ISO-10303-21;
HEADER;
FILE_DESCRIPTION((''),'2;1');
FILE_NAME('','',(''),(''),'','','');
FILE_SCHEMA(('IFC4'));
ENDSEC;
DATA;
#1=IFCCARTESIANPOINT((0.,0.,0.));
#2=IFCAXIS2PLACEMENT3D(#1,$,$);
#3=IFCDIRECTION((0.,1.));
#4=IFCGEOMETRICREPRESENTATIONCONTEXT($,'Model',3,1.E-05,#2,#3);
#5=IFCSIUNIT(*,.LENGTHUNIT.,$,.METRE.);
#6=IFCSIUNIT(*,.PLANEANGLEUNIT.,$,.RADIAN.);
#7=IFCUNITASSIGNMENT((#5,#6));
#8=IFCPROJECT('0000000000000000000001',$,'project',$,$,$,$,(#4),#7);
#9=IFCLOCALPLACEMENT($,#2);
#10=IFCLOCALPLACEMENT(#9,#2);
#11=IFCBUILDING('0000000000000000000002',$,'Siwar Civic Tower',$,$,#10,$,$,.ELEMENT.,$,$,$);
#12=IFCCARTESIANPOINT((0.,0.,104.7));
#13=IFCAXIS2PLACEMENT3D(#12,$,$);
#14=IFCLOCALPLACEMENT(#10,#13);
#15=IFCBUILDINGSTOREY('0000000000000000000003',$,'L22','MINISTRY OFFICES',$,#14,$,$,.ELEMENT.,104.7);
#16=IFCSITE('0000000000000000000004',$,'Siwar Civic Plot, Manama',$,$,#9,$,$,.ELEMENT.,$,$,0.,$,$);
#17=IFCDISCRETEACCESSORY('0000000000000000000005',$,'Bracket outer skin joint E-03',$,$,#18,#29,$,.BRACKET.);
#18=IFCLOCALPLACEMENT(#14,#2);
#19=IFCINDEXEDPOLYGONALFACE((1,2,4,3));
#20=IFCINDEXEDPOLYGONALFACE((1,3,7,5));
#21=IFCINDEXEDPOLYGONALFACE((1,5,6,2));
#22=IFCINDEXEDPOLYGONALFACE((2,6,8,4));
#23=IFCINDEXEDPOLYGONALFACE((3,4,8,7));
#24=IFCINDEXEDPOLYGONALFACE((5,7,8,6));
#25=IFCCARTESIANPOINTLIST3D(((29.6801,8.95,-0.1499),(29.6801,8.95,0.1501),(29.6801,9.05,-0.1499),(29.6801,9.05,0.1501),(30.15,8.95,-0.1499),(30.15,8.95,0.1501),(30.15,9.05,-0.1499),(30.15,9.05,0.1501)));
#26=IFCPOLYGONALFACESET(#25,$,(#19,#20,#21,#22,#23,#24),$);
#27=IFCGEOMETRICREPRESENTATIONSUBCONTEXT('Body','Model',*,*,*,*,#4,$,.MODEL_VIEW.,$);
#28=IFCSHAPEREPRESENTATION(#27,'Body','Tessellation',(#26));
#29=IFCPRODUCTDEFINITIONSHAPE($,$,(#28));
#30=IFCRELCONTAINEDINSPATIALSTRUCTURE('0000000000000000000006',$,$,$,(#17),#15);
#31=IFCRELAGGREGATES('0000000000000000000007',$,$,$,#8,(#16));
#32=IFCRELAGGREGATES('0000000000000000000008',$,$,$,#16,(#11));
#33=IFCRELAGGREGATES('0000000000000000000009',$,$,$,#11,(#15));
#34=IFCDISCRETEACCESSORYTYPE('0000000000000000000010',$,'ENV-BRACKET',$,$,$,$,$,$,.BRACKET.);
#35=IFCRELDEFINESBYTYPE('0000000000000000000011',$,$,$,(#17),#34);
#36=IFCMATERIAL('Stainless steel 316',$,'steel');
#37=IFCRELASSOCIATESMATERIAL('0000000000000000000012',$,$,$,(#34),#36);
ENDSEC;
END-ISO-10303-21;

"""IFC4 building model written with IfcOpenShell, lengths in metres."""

from ifc_helpers import new_model, si_unit, direction, frame, origin, origin_2d, place, context, subcontext, project, spatial, rectangle, extrude, material, type_object, element, save


model = new_model("IFC4")

# Units and contexts
model_context = context("Model", 3, precision=1e-05, world=origin(), true_north=direction((0.0, 1.0)))
body_context = subcontext(model_context, "Body", "Model", "MODEL_VIEW")
ifc_project = project(units=[si_unit("LENGTHUNIT", "METRE"), si_unit("PLANEANGLEUNIT", "RADIAN")], contexts=[model_context])

# Site, building, storey
site_placement = place(None, origin())
site = spatial("IfcSite", under=ifc_project, at=site_placement, Name="Siwar Civic Plot, Manama", CompositionType="ELEMENT", RefElevation=0.0)
building_placement = place(site_placement, origin())
building = spatial("IfcBuilding", under=site, at=building_placement, Name="Siwar Civic Tower", CompositionType="ELEMENT")
storey_placement = place(building_placement, frame((0.0, 0.0, 104.7)))
storey = spatial("IfcBuildingStorey", under=building, at=storey_placement, Name="L22", Description="MINISTRY OFFICES", CompositionType="ELEMENT", Elevation=104.7)

# Discrete accessory
ifc_material_1 = material(Name="Stainless steel 316", Category="steel")
discrete_accessory_type = type_object("IfcDiscreteAccessoryType", Name="ENV-BRACKET", PredefinedType="BRACKET", material=ifc_material_1)
for number, where, z_axis, x_axis, name in (
    (1, (29.915, 9.0, -0.1499), (0.0, 0.0, 1.0), (1.0, 0.0, 0.0), "Bracket outer skin joint E-03"),
):
    element("IfcDiscreteAccessory", number, at=place(storey_placement, frame(where, z_axis=z_axis, x_axis=x_axis)), inside=storey, type_object=discrete_accessory_type, Name=name, PredefinedType="BRACKET", context=body_context, shape_type="SweptSolid", body=[
        extrude(rectangle(XDim=0.47, YDim=0.1001, at=origin_2d()), origin(), (0.0, 0.0, 1.0), 0.3),
    ])

save(model, "model.ifc")
